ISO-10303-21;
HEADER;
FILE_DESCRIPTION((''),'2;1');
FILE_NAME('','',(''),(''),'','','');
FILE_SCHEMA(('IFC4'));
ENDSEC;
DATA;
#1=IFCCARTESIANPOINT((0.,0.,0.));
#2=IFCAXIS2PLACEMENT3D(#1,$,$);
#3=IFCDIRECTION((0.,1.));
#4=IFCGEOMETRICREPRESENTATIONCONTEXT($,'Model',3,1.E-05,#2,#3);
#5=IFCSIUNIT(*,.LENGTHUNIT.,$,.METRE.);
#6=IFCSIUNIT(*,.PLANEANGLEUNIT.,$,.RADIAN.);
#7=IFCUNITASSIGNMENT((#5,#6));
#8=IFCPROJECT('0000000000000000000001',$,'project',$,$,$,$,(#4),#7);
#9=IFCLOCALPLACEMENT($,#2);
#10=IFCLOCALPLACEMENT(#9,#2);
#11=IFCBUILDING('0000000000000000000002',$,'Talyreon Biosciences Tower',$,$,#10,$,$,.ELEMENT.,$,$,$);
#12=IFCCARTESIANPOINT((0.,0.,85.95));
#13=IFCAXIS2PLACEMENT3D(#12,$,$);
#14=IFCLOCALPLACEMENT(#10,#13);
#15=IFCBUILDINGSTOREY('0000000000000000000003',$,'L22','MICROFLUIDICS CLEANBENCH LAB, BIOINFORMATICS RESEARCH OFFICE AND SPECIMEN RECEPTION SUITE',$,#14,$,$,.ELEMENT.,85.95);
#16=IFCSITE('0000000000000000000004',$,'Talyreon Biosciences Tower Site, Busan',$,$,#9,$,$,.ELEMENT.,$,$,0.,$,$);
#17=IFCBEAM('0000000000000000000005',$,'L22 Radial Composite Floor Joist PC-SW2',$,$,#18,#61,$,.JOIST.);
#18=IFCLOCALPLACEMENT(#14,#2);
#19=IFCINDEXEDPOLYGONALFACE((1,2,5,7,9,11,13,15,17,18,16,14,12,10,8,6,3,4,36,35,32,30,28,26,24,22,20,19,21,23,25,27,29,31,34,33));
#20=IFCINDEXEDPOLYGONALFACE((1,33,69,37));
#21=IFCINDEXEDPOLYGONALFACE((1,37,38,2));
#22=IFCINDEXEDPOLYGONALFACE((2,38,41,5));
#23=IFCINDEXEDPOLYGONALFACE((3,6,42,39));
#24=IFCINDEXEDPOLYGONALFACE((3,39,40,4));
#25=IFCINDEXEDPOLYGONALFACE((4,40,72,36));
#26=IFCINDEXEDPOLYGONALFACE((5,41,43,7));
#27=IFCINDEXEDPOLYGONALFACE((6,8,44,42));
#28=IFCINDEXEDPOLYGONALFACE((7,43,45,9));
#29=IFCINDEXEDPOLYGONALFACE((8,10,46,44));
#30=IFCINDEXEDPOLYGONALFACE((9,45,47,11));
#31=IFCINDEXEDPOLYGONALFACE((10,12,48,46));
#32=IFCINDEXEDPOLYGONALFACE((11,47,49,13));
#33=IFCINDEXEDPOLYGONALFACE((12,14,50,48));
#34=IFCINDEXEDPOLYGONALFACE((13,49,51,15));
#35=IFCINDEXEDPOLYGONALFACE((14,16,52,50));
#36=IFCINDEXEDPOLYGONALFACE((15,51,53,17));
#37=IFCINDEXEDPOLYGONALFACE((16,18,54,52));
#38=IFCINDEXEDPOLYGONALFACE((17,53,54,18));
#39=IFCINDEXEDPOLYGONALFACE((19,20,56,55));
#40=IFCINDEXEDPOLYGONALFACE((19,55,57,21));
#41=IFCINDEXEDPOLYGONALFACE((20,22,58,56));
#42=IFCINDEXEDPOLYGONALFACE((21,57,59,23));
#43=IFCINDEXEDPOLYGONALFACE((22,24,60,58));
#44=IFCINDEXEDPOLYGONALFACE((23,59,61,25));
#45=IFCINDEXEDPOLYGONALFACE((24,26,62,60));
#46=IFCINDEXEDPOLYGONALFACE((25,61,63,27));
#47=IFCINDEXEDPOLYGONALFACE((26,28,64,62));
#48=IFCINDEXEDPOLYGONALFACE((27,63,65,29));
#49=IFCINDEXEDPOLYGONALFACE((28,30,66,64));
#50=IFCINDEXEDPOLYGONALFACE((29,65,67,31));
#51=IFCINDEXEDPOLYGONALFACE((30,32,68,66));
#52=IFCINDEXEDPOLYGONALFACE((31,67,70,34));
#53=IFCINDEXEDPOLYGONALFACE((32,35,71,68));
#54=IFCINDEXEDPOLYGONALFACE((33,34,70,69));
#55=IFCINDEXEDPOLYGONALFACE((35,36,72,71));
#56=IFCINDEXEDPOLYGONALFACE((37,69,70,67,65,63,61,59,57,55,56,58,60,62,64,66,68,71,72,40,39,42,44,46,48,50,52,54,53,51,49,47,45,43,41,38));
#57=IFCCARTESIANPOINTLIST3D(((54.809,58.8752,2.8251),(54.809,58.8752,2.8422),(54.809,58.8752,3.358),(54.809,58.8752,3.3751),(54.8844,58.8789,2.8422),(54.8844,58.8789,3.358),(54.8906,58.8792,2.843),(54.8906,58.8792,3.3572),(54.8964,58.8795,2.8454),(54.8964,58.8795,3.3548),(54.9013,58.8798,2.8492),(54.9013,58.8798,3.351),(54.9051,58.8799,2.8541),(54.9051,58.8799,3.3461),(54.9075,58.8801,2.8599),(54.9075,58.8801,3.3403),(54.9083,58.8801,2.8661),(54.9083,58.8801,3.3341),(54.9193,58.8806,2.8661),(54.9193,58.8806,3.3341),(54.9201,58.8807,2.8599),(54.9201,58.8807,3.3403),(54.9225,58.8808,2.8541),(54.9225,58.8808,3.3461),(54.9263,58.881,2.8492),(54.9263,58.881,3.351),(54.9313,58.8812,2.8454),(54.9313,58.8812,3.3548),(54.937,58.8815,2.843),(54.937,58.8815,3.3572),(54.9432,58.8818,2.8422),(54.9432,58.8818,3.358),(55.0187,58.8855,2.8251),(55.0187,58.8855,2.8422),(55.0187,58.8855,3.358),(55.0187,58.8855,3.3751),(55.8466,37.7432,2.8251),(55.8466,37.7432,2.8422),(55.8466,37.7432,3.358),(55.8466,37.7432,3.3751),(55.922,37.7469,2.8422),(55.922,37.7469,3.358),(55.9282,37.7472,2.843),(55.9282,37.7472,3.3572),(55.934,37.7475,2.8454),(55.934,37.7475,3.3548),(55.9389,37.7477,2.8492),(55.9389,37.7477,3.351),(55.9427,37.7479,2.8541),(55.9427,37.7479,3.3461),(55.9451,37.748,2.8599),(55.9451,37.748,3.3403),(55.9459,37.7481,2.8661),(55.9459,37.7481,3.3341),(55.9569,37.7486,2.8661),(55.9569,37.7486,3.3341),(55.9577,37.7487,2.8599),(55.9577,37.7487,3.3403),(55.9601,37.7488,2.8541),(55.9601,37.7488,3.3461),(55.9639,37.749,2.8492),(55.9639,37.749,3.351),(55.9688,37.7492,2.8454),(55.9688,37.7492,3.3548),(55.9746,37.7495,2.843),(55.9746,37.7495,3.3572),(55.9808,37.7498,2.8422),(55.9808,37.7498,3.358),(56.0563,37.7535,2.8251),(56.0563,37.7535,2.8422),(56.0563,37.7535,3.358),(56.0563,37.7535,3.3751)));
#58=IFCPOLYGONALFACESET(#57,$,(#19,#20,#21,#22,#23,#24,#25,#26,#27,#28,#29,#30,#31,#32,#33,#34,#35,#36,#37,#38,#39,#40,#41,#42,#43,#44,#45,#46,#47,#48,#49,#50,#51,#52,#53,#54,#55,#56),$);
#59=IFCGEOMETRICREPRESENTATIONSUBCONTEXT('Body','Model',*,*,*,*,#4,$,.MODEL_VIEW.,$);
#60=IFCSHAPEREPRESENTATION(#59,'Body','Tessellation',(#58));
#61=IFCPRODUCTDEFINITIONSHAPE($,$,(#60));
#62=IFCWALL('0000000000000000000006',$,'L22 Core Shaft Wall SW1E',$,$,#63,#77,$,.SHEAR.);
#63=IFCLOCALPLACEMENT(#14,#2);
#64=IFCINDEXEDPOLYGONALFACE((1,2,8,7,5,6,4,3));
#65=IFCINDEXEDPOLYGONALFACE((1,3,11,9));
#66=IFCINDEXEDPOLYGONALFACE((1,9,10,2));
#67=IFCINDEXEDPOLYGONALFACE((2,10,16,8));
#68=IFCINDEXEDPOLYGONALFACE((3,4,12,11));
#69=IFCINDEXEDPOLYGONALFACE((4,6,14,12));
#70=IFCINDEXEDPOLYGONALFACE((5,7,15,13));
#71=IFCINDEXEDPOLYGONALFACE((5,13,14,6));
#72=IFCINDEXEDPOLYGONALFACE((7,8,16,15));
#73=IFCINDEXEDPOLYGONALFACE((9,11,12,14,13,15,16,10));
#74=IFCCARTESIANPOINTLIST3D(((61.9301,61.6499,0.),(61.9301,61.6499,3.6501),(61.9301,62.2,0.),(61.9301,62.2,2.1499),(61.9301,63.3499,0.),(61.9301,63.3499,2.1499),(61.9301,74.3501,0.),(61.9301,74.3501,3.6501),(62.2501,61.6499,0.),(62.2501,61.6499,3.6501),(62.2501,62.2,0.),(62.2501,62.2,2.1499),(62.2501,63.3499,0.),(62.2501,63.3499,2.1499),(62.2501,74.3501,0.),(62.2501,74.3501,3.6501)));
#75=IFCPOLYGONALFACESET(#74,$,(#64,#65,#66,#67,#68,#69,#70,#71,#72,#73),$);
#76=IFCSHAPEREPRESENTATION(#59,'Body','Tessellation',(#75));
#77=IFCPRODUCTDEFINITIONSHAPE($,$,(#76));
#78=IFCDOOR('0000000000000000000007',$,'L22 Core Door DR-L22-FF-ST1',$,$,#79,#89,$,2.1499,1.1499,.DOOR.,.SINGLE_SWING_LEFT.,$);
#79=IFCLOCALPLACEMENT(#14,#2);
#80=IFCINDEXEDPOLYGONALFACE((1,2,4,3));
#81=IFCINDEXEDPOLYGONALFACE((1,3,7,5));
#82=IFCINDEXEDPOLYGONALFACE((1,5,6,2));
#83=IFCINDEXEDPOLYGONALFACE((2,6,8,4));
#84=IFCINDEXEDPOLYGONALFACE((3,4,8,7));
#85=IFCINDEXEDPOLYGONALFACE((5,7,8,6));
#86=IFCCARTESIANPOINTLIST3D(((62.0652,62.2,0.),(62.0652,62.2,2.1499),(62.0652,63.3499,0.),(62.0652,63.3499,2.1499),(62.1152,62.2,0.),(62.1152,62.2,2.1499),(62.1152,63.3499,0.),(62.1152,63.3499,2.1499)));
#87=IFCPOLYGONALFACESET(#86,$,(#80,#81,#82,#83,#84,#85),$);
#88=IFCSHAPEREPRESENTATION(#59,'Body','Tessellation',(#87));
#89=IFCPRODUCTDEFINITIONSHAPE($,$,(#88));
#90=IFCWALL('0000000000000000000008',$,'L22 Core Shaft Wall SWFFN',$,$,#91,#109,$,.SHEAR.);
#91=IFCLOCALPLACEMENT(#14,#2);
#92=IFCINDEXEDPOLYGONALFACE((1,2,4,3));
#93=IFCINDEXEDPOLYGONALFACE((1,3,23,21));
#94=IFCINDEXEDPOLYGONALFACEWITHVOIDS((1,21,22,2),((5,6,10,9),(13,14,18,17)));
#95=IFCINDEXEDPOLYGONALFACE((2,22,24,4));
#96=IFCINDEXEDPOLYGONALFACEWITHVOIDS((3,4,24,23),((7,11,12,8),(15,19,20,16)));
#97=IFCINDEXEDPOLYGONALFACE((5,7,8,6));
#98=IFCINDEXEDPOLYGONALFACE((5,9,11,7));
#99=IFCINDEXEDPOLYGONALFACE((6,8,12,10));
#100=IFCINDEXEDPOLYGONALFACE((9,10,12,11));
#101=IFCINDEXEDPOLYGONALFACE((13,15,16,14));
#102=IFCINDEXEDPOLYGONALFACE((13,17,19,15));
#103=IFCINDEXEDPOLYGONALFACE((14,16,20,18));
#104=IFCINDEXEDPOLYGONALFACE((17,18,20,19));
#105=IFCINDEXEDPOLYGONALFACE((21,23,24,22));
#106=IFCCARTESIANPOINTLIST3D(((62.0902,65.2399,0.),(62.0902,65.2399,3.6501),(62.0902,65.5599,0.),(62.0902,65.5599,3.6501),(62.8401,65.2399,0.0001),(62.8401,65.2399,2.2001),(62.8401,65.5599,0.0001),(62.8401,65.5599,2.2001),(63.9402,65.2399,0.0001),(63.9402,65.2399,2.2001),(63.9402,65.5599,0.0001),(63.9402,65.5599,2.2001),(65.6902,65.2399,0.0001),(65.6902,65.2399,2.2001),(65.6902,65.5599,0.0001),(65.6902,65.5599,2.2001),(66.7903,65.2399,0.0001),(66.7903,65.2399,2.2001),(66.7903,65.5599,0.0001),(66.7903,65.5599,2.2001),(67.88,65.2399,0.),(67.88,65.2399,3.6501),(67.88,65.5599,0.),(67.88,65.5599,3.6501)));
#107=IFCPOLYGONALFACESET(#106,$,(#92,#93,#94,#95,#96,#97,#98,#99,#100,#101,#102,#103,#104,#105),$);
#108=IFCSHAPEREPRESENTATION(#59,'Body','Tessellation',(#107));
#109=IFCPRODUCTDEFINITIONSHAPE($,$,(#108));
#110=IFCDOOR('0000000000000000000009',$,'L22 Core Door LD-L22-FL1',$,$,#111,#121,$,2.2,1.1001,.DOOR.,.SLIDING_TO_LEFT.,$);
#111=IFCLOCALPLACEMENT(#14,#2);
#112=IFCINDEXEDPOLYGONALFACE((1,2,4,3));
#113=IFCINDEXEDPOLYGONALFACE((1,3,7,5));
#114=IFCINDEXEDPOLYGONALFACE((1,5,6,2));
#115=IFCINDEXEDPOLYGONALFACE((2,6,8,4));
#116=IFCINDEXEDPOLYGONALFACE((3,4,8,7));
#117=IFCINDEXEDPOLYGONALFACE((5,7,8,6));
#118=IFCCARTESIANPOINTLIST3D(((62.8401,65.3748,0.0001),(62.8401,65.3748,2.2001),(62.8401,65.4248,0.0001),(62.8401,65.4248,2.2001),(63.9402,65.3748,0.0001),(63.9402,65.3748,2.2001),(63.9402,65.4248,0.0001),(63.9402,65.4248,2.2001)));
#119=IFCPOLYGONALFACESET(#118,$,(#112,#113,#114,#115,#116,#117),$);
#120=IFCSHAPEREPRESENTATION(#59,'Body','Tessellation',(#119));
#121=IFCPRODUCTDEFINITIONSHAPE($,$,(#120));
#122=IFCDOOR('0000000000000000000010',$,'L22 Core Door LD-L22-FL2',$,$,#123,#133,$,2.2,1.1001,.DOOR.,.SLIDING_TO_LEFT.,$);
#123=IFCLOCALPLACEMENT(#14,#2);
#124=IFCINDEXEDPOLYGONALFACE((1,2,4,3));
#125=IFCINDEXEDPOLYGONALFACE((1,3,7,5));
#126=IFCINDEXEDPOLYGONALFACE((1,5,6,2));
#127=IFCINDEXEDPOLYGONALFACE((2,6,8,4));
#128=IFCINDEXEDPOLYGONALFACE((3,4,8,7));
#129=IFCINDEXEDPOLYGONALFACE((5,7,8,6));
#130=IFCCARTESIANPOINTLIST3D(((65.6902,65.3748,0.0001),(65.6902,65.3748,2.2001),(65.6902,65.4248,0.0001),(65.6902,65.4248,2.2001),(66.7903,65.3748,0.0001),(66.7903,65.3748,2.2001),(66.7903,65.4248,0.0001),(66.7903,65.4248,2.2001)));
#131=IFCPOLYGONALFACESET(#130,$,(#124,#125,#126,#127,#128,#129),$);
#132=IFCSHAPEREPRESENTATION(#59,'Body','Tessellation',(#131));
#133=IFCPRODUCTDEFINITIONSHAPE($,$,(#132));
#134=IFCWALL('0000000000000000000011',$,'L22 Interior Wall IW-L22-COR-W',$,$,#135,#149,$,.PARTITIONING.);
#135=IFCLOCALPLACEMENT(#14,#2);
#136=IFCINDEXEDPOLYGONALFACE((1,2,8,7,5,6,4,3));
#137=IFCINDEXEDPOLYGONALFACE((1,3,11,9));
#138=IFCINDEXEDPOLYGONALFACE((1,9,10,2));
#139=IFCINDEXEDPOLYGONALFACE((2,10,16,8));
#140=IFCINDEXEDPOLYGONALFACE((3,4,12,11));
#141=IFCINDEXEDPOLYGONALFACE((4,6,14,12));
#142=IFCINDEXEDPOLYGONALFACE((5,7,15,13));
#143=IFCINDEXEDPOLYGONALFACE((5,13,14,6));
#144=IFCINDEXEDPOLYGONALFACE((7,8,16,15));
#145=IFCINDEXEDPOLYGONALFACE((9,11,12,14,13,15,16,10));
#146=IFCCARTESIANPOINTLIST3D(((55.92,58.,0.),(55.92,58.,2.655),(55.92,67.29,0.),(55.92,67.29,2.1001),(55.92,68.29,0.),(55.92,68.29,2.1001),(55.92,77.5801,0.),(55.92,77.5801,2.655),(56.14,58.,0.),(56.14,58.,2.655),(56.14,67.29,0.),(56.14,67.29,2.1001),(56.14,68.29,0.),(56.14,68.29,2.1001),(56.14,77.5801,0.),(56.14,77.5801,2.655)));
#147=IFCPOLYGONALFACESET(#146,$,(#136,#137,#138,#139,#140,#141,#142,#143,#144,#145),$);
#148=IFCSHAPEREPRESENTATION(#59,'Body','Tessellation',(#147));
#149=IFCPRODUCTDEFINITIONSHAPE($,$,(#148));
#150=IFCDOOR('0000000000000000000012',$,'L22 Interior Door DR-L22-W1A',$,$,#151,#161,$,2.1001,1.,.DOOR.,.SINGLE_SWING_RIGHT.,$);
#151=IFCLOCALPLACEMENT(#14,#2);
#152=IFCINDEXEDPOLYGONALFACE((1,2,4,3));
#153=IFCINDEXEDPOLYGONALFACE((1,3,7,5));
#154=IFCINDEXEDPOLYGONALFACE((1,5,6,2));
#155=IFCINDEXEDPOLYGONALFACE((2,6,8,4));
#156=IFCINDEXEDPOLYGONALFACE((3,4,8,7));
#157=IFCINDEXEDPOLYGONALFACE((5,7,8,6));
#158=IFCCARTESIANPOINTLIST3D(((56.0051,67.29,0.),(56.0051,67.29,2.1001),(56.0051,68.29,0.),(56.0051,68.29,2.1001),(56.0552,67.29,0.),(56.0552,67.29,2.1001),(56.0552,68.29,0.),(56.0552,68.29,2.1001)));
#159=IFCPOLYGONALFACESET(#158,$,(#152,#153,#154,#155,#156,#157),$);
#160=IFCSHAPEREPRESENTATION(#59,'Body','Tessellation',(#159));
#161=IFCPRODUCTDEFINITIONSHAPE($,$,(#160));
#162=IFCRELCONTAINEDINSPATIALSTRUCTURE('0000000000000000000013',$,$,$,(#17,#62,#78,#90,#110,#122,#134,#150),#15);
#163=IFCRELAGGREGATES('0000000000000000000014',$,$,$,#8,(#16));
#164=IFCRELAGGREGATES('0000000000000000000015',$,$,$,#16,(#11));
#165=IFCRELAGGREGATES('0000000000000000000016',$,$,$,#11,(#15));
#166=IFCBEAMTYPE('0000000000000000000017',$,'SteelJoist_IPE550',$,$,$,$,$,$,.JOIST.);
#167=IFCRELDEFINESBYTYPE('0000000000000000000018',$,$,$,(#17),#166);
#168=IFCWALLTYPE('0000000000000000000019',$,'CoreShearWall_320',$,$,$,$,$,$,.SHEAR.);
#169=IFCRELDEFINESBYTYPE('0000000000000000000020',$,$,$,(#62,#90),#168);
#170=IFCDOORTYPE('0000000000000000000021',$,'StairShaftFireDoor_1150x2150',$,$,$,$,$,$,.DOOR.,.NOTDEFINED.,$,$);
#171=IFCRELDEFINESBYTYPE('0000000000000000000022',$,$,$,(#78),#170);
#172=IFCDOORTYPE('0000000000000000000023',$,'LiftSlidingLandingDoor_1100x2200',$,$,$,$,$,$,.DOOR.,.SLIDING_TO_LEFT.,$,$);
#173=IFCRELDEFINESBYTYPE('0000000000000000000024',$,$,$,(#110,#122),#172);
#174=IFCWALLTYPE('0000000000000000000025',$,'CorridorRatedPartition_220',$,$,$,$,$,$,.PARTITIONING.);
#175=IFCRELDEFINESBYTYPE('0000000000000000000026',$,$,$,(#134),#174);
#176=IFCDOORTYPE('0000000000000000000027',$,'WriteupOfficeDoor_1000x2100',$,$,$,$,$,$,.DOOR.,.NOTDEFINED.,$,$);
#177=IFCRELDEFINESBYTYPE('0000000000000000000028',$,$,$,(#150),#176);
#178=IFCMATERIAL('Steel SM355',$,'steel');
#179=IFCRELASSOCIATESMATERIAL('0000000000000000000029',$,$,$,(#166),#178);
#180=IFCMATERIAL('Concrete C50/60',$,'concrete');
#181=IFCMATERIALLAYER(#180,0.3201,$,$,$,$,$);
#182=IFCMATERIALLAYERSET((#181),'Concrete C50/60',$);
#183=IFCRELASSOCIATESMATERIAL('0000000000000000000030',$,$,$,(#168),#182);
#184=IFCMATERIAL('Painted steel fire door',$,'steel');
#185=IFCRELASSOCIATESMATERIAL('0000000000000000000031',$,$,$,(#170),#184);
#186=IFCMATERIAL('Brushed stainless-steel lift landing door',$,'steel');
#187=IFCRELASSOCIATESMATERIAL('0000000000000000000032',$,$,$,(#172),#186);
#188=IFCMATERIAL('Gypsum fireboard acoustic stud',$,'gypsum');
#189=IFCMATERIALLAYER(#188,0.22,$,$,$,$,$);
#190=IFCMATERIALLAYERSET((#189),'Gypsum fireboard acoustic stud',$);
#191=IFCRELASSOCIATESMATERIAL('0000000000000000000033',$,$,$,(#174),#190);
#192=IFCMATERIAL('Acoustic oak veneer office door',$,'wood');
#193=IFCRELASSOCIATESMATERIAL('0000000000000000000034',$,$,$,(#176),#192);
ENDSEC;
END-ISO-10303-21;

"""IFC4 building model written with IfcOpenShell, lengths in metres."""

from ifc_helpers import new_model, si_unit, direction, frame, frame_2d, origin, origin_2d, place, context, subcontext, project, spatial, rectangle, i_section, extrude, material, layer, layer_set, material_profile, profile_set, type_object, element, fill, save


model = new_model("IFC4")

# Units and contexts
model_context = context("Model", 3, precision=1e-05, world=origin(), true_north=direction((0.0, 1.0)))
body_context = subcontext(model_context, "Body", "Model", "MODEL_VIEW")
ifc_project = project(units=[si_unit("LENGTHUNIT", "METRE"), si_unit("PLANEANGLEUNIT", "RADIAN")], contexts=[model_context])

# Site, building, storey
site_placement = place(None, origin())
site = spatial("IfcSite", under=ifc_project, at=site_placement, Name="Talyreon Biosciences Tower Site, Busan", CompositionType="ELEMENT", RefElevation=0.0)
building_placement = place(site_placement, origin())
building = spatial("IfcBuilding", under=site, at=building_placement, Name="Talyreon Biosciences Tower", CompositionType="ELEMENT")
storey_placement = place(building_placement, frame((0.0, 0.0, 85.95)))
storey = spatial("IfcBuildingStorey", under=building, at=storey_placement, Name="L22", Description="MICROFLUIDICS CLEANBENCH LAB, BIOINFORMATICS RESEARCH OFFICE AND SPECIMEN RECEPTION SUITE", CompositionType="ELEMENT", Elevation=85.95)

# Shared definitions
ifc_material_1 = material(Name="Concrete C50/60", Category="concrete")

# Beam
ifc_material_2 = material(Name="Steel SM355", Category="steel")
ifc_material_profile_1 = material_profile(ifc_material_2, i_section(OverallWidth=0.21, OverallDepth=0.55, WebThickness=0.011, FlangeThickness=0.0171, FilletRadius=0.0239, at=origin_2d()), Name="IPE550")
ifc_profile_set_1 = profile_set([ifc_material_profile_1], Name="Steel SM355")
beam_type_1 = type_object("IfcBeamType", Name="SteelJoist_IPE550", PredefinedType="JOIST", material=ifc_profile_set_1)
beam_1_placement = place(storey_placement, frame((54.9138, 58.8804, 3.1001), z_axis=(0.049042, -0.998797, 0.0), x_axis=(0.998797, 0.049042, 0.0)))
element("IfcBeam", 1, at=beam_1_placement, inside=storey, type_object=beam_type_1, Name="L22 Radial Composite Floor Joist PC-SW2", PredefinedType="JOIST", context=body_context, shape_type="SweptSolid", body=[
    extrude(i_section(OverallWidth=0.21, OverallDepth=0.55, WebThickness=0.011, FlangeThickness=0.0171, FilletRadius=0.0239, at=origin_2d()), origin(), (0.0, 0.0, 1.0), 21.1575),
])

# Wall, opening, door
ifc_layer_1 = layer(ifc_material_1, 0.3201)
ifc_layer_set_1 = layer_set([ifc_layer_1], Name="Concrete C50/60")
wall_type_1 = type_object("IfcWallType", Name="CoreShearWall_320", PredefinedType="SHEAR", material=ifc_layer_set_1)
wall_1_placement = place(storey_placement, frame((62.0901, 61.6499, 0.0), z_axis=(0.0, 0.0, 1.0), x_axis=(0.0, 1.0, 0.0)))
wall_1 = element("IfcWall", 2, at=wall_1_placement, inside=storey, type_object=wall_type_1, Name="L22 Core Shaft Wall SW1E", PredefinedType="SHEAR", context=body_context, shape_type="SweptSolid", body=[
    extrude(rectangle(XDim=12.7002, YDim=0.3201, at=frame_2d((6.3501, 0.0))), origin(), (0.0, 0.0, 1.0), 3.6501),
])
opening_1_placement = place(wall_1_placement, frame((0.55, 0.0, 0.0)))
opening_1 = element("IfcOpeningElement", 3, at=opening_1_placement, cuts=wall_1, PredefinedType="OPENING", context=body_context, shape_type="SweptSolid", body=[
    extrude(rectangle(XDim=1.1499, YDim=2.1499, at=frame_2d((0.575, 1.075))), frame((0.0, 0.1699, 0.0), z_axis=(0.0, -1.0, 0.0), x_axis=(1.0, 0.0, 0.0)), (0.0, 0.0, 1.0), 0.3401),
])
ifc_material_3 = material(Name="Painted steel fire door", Category="steel")
door_type_1 = type_object("IfcDoorType", Name="StairShaftFireDoor_1150x2150", OperationType="NOTDEFINED", PredefinedType="DOOR", material=ifc_material_3)
door_1_placement = place(opening_1_placement, origin())
door_1 = element("IfcDoor", 4, at=door_1_placement, inside=storey, type_object=door_type_1, Name="L22 Core Door DR-L22-FF-ST1", OperationType="SINGLE_SWING_LEFT", OverallHeight=2.1499, OverallWidth=1.1499, PredefinedType="DOOR", context=body_context, shape_type="SweptSolid", body=[
    extrude(rectangle(XDim=1.1499, YDim=2.1499, at=frame_2d((0.575, 1.075))), frame((0.0, 0.0249, 0.0), z_axis=(0.0, -1.0, 0.0), x_axis=(1.0, 0.0, 0.0)), (0.0, 0.0, 1.0), 0.05),
])
fill(opening_1, door_1)

# Wall, openings, doors
wall_2_placement = place(storey_placement, frame((62.0901, 65.3999, 0.0), z_axis=(0.0, 0.0, 1.0), x_axis=(1.0, 0.0, 0.0)))
wall_2 = element("IfcWall", 5, at=wall_2_placement, inside=storey, type_object=wall_type_1, Name="L22 Core Shaft Wall SWFFN", PredefinedType="SHEAR", context=body_context, shape_type="SweptSolid", body=[
    extrude(rectangle(XDim=5.7898, YDim=0.3201, at=frame_2d((2.895, 0.0))), origin(), (0.0, 0.0, 1.0), 3.6501),
])
opening_2_placement = place(wall_2_placement, frame((0.75, 0.0, 0.0)))
opening_2 = element("IfcOpeningElement", 6, at=opening_2_placement, cuts=wall_2, PredefinedType="OPENING", context=body_context, shape_type="SweptSolid", body=[
    extrude(rectangle(XDim=1.1001, YDim=2.2, at=frame_2d((0.55, 1.1001))), frame((0.0, 0.1699, 0.0), z_axis=(0.0, -1.0, 0.0), x_axis=(1.0, 0.0, 0.0)), (0.0, 0.0, 1.0), 0.3401),
])
opening_3_placement = place(wall_2_placement, frame((3.6001, 0.0, 0.0)))
opening_3 = element("IfcOpeningElement", 7, at=opening_3_placement, cuts=wall_2, PredefinedType="OPENING", context=body_context, shape_type="SweptSolid", body=[
    extrude(rectangle(XDim=1.1001, YDim=2.2, at=frame_2d((0.55, 1.1001))), frame((0.0, 0.1699, 0.0), z_axis=(0.0, -1.0, 0.0), x_axis=(1.0, 0.0, 0.0)), (0.0, 0.0, 1.0), 0.3401),
])
ifc_material_4 = material(Name="Brushed stainless-steel lift landing door", Category="steel")
door_type_2 = type_object("IfcDoorType", Name="LiftSlidingLandingDoor_1100x2200", OperationType="SLIDING_TO_LEFT", PredefinedType="DOOR", material=ifc_material_4)
door_2_placement = place(opening_2_placement, origin())
door_2 = element("IfcDoor", 8, at=door_2_placement, inside=storey, type_object=door_type_2, Name="L22 Core Door LD-L22-FL1", OperationType="SLIDING_TO_LEFT", OverallHeight=2.2, OverallWidth=1.1001, PredefinedType="DOOR", context=body_context, shape_type="SweptSolid", body=[
    extrude(rectangle(XDim=1.1001, YDim=2.2, at=frame_2d((0.55, 1.1001))), frame((0.0, 0.0249, 0.0), z_axis=(0.0, -1.0, 0.0), x_axis=(1.0, 0.0, 0.0)), (0.0, 0.0, 1.0), 0.05),
])
fill(opening_2, door_2)
door_3_placement = place(opening_3_placement, origin())
door_3 = element("IfcDoor", 9, at=door_3_placement, inside=storey, type_object=door_type_2, Name="L22 Core Door LD-L22-FL2", OperationType="SLIDING_TO_LEFT", OverallHeight=2.2, OverallWidth=1.1001, PredefinedType="DOOR", context=body_context, shape_type="SweptSolid", body=[
    extrude(rectangle(XDim=1.1001, YDim=2.2, at=frame_2d((0.55, 1.1001))), frame((0.0, 0.0249, 0.0), z_axis=(0.0, -1.0, 0.0), x_axis=(1.0, 0.0, 0.0)), (0.0, 0.0, 1.0), 0.05),
])
fill(opening_3, door_3)

# Wall, opening, door
ifc_material_5 = material(Name="Gypsum fireboard acoustic stud", Category="gypsum")
ifc_layer_2 = layer(ifc_material_5, 0.22)
ifc_layer_set_2 = layer_set([ifc_layer_2], Name="Gypsum fireboard acoustic stud")
wall_type_2 = type_object("IfcWallType", Name="CorridorRatedPartition_220", PredefinedType="PARTITIONING", material=ifc_layer_set_2)
wall_3_placement = place(storey_placement, frame((56.03, 58.0, 0.0), z_axis=(0.0, 0.0, 1.0), x_axis=(0.0, 1.0, 0.0)))
wall_3 = element("IfcWall", 10, at=wall_3_placement, inside=storey, type_object=wall_type_2, Name="L22 Interior Wall IW-L22-COR-W", PredefinedType="PARTITIONING", context=body_context, shape_type="SweptSolid", body=[
    extrude(rectangle(XDim=19.5801, YDim=0.22, at=frame_2d((9.79, 0.0))), origin(), (0.0, 0.0, 1.0), 2.655),
])
opening_4_placement = place(wall_3_placement, frame((9.29, 0.0, 0.0)))
opening_4 = element("IfcOpeningElement", 11, at=opening_4_placement, cuts=wall_3, PredefinedType="OPENING", context=body_context, shape_type="SweptSolid", body=[
    extrude(rectangle(XDim=1.0, YDim=2.1001, at=frame_2d((0.5, 1.05))), frame((0.0, 0.1199, 0.0), z_axis=(0.0, -1.0, 0.0), x_axis=(1.0, 0.0, 0.0)), (0.0, 0.0, 1.0), 0.24),
])
ifc_material_6 = material(Name="Acoustic oak veneer office door", Category="wood")
door_type_3 = type_object("IfcDoorType", Name="WriteupOfficeDoor_1000x2100", OperationType="NOTDEFINED", PredefinedType="DOOR", material=ifc_material_6)
door_4_placement = place(opening_4_placement, origin())
door_4 = element("IfcDoor", 12, at=door_4_placement, inside=storey, type_object=door_type_3, Name="L22 Interior Door DR-L22-W1A", OperationType="SINGLE_SWING_RIGHT", OverallHeight=2.1001, OverallWidth=1.0, PredefinedType="DOOR", context=body_context, shape_type="SweptSolid", body=[
    extrude(rectangle(XDim=1.0, YDim=2.1001, at=frame_2d((0.5, 1.05))), frame((0.0, 0.0249, 0.0), z_axis=(0.0, -1.0, 0.0), x_axis=(1.0, 0.0, 0.0)), (0.0, 0.0, 1.0), 0.05),
])
fill(opening_4, door_4)

save(model, "model.ifc")
